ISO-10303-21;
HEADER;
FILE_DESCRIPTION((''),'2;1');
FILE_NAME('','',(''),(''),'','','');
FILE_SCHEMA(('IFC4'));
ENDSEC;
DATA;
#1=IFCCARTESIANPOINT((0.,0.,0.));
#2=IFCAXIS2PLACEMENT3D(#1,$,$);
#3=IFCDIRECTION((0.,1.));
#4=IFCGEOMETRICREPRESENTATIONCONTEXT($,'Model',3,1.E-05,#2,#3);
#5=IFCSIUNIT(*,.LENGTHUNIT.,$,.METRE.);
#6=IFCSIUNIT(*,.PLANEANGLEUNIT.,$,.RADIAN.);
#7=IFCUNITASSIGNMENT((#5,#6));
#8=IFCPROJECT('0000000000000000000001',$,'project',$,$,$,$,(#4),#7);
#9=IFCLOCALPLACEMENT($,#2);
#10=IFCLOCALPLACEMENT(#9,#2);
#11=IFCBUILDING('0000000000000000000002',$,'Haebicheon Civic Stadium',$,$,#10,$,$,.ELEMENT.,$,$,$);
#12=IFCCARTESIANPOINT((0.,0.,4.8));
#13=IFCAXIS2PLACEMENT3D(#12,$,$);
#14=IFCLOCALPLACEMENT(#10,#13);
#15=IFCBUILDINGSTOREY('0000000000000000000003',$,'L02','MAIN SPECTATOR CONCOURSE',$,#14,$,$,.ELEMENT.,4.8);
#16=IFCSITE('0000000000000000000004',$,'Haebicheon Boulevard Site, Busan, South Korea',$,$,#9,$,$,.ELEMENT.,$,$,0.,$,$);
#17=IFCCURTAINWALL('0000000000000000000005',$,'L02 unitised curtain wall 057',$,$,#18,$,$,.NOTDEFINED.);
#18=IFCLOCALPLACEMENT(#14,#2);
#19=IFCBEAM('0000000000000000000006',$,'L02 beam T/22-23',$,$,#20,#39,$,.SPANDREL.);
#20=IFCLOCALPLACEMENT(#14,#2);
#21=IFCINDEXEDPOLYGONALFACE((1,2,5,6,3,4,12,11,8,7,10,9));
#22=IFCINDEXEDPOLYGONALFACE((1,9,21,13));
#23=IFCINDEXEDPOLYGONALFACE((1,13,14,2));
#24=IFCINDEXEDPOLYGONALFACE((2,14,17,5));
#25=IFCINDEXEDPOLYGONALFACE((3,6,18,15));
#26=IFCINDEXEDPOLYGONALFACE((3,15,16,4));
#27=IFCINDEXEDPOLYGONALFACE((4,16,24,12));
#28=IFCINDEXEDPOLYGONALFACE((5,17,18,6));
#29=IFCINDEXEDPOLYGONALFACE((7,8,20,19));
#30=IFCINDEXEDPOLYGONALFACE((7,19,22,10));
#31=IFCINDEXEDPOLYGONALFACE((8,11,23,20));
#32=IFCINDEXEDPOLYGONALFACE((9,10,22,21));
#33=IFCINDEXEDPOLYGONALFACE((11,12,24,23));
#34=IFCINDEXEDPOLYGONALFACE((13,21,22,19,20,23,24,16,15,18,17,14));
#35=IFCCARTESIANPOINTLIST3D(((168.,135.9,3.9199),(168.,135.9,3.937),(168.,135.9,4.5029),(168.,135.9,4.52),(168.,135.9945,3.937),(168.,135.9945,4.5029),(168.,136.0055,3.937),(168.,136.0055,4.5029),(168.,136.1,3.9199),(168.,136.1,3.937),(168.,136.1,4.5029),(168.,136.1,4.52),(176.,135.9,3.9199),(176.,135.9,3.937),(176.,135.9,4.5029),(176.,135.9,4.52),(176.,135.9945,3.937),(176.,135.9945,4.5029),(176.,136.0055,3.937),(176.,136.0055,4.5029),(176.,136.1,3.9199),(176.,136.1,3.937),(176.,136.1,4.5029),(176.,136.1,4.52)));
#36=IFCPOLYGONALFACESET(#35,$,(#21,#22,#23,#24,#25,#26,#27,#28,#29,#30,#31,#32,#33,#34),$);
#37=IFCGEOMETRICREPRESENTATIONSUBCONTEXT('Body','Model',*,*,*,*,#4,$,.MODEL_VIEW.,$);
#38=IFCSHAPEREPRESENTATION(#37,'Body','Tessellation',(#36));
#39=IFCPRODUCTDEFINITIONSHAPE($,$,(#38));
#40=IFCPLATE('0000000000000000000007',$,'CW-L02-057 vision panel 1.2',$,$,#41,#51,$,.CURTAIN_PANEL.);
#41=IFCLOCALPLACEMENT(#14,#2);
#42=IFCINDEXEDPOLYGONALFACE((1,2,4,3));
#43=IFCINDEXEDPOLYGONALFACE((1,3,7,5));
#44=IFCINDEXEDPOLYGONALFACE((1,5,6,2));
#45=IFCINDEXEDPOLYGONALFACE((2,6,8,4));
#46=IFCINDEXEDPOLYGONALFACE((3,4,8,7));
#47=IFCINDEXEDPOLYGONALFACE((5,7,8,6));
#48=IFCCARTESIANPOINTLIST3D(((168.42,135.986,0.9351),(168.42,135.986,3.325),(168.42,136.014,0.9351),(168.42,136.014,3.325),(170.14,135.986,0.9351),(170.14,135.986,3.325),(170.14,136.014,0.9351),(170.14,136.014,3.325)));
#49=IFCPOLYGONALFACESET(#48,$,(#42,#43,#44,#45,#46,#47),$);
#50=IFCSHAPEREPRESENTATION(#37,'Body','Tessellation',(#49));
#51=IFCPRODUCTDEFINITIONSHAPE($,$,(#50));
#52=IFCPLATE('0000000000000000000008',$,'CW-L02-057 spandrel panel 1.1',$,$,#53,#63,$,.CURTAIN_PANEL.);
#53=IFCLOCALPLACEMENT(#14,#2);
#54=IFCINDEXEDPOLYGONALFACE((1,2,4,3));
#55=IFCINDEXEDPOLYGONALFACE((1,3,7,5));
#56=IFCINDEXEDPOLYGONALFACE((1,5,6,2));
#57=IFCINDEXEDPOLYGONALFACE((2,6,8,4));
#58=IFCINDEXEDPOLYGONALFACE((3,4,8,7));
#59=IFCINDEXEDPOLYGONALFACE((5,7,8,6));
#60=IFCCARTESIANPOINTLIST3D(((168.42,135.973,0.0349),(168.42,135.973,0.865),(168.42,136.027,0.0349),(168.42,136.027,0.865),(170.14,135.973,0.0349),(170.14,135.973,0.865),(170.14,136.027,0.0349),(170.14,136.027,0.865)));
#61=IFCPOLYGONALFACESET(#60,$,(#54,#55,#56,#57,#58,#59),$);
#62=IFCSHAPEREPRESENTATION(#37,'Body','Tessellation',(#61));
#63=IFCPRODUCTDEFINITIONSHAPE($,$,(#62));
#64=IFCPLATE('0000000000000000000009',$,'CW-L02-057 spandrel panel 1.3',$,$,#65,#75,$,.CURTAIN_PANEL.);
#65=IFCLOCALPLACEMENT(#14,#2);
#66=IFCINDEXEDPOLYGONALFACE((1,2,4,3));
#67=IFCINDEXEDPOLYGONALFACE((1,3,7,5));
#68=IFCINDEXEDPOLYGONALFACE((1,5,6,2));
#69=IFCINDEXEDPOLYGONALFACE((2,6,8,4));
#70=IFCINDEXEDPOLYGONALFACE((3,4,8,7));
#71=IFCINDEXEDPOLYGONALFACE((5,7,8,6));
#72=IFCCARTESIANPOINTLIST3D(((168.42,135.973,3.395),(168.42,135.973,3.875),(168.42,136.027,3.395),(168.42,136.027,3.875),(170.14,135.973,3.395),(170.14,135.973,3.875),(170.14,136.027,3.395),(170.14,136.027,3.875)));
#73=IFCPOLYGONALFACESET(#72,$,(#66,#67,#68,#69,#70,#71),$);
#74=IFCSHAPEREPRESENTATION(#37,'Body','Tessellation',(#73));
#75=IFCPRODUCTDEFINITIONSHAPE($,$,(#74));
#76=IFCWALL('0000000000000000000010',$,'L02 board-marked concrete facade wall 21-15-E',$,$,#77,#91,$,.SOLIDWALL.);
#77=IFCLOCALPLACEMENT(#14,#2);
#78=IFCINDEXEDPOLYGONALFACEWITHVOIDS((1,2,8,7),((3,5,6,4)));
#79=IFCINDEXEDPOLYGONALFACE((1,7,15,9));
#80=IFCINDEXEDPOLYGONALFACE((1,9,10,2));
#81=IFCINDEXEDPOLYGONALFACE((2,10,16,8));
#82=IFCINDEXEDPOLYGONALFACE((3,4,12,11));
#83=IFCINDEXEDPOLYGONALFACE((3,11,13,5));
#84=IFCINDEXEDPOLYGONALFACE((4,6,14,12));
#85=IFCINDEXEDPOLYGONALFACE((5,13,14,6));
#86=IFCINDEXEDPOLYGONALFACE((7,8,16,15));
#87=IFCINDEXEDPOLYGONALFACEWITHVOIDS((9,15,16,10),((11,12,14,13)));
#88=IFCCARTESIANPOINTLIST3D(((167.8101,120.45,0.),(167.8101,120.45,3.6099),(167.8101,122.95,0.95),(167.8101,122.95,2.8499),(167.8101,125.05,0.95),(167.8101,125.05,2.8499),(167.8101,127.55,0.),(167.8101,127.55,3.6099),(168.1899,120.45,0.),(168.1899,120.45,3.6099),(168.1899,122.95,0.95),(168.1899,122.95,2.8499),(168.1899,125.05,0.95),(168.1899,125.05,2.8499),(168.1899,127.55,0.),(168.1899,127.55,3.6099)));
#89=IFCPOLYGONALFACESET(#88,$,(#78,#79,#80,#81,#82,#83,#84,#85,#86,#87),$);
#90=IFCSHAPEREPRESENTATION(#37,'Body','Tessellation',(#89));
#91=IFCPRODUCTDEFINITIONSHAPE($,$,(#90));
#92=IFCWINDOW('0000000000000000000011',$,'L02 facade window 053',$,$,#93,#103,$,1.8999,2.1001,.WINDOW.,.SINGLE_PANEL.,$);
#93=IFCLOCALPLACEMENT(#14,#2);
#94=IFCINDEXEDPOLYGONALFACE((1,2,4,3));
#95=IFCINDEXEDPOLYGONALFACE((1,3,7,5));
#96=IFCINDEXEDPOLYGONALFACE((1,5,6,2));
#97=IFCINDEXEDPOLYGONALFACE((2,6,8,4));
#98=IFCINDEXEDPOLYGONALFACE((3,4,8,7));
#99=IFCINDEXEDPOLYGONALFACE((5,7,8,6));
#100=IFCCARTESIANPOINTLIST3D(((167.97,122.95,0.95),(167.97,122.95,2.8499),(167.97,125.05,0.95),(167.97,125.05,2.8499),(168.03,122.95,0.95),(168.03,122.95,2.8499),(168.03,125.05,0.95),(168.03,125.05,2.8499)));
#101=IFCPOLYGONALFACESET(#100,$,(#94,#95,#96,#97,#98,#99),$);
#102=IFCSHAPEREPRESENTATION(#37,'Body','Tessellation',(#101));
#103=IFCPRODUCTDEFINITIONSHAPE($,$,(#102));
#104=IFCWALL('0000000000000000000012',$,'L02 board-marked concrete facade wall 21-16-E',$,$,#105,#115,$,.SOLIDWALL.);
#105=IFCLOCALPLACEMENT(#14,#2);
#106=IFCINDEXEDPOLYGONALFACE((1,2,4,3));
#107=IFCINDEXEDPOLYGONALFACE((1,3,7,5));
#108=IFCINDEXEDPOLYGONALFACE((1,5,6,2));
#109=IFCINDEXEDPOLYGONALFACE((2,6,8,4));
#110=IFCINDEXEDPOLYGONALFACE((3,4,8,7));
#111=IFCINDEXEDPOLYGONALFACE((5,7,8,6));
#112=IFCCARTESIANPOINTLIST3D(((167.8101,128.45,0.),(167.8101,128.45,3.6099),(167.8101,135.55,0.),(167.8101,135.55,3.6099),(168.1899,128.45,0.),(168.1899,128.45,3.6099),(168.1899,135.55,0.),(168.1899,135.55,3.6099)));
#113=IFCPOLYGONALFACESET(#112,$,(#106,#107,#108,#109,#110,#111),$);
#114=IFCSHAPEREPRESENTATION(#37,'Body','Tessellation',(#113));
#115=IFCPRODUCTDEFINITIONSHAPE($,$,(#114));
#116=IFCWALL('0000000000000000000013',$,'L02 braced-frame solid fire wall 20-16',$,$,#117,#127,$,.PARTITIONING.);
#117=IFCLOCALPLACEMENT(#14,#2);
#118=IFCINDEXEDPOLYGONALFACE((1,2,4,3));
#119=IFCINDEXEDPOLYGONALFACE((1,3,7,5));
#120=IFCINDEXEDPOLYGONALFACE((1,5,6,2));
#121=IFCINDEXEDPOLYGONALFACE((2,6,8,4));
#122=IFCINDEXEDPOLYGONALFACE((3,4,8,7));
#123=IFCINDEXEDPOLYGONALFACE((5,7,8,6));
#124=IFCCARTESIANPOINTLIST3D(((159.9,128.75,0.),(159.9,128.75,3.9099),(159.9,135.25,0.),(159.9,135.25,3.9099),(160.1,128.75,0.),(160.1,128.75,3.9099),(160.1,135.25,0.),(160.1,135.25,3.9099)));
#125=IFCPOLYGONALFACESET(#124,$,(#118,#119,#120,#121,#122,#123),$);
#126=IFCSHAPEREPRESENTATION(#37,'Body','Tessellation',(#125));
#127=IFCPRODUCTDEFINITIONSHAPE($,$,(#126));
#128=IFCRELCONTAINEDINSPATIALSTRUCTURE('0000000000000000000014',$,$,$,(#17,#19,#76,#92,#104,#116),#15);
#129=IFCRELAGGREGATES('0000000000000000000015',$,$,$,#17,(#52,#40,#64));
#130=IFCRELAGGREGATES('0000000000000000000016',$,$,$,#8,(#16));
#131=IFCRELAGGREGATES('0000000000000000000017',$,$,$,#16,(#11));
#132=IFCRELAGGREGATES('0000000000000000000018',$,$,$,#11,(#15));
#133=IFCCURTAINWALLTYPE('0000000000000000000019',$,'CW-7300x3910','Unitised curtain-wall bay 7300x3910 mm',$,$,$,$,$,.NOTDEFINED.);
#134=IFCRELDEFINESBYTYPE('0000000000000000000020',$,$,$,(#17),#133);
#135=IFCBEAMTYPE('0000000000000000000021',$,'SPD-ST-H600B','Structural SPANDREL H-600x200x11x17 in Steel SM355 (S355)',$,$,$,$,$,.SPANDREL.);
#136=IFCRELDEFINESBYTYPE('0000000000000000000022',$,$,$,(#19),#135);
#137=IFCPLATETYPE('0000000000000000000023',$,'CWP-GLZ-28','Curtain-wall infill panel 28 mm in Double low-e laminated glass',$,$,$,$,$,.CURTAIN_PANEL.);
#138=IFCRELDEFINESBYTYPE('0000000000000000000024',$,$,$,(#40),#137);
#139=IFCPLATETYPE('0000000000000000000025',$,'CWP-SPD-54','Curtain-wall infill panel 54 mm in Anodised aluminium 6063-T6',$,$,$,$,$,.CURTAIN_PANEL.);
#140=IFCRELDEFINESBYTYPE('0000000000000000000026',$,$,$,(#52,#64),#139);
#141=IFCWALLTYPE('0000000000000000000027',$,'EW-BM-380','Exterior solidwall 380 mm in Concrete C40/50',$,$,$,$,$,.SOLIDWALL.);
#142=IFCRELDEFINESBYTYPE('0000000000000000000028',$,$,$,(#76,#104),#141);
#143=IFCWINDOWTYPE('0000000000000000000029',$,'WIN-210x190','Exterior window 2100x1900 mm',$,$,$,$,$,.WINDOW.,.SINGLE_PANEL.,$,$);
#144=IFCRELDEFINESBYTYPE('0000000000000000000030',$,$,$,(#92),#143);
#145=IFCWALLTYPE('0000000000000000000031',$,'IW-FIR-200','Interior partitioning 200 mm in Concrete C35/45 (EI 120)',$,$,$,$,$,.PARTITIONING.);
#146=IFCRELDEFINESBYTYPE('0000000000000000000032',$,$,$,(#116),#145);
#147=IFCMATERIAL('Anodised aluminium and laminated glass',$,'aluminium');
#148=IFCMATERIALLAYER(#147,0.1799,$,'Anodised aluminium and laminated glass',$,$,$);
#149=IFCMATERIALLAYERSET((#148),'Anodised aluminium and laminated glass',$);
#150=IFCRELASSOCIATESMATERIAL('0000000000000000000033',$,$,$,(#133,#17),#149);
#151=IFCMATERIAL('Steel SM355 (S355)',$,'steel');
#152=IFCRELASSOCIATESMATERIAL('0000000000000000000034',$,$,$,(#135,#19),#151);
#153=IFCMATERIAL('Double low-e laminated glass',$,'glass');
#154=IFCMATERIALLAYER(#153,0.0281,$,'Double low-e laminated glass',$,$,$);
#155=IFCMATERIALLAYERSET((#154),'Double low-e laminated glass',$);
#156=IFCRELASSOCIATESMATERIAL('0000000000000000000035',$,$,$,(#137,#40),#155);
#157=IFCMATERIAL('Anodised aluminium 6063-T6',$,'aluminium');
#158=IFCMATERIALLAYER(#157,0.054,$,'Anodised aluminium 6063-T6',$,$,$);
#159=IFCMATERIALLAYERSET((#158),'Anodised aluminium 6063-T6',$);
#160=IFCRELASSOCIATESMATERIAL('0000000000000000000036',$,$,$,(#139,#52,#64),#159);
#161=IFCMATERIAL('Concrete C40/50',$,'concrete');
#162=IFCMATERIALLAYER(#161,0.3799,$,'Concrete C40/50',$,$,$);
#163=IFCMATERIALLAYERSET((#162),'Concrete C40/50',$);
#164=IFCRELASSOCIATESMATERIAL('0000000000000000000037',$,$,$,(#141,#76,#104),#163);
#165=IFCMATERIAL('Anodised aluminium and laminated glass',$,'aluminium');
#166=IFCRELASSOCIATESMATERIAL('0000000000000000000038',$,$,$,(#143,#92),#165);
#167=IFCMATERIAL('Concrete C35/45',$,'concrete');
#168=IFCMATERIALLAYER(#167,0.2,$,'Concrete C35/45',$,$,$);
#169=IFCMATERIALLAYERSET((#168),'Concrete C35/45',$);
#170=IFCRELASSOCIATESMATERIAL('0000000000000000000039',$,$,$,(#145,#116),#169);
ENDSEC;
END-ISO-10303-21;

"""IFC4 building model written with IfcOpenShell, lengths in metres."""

from ifc_helpers import new_model, si_unit, direction, frame, frame_2d, origin, origin_2d, place, context, subcontext, project, spatial, rectangle, i_section, extrude, material, layer, layer_set, material_profile, profile_set, type_object, element, fill, aggregate, save


model = new_model("IFC4")

# Units and contexts
model_context = context("Model", 3, precision=1e-05, world=origin(), true_north=direction((0.0, 1.0)))
body_context = subcontext(model_context, "Body", "Model", "MODEL_VIEW")
ifc_project = project(units=[si_unit("LENGTHUNIT", "METRE"), si_unit("PLANEANGLEUNIT", "RADIAN")], contexts=[model_context])

# Site, building, storey
site_placement = place(None, origin())
site = spatial("IfcSite", under=ifc_project, at=site_placement, Name="Haebicheon Boulevard Site, Busan, South Korea", CompositionType="ELEMENT", RefElevation=0.0)
building_placement = place(site_placement, origin())
building = spatial("IfcBuilding", under=site, at=building_placement, Name="Haebicheon Civic Stadium", CompositionType="ELEMENT")
storey_placement = place(building_placement, frame((0.0, 0.0, 4.8)))
storey = spatial("IfcBuildingStorey", under=building, at=storey_placement, Name="L02", Description="MAIN SPECTATOR CONCOURSE", CompositionType="ELEMENT", Elevation=4.8)

# Curtain wall
ifc_material_1 = material(Name="Anodised aluminium and laminated glass", Category="aluminium")
ifc_layer_1 = layer(ifc_material_1, 0.1799, Name="Anodised aluminium and laminated glass")
ifc_layer_set_1 = layer_set([ifc_layer_1], Name="Anodised aluminium and laminated glass")
curtain_wall_type = type_object("IfcCurtainWallType", Name="CW-7300x3910", Description="Unitised curtain-wall bay 7300x3910 mm", PredefinedType="NOTDEFINED", material=ifc_layer_set_1)
curtain_wall_placement = place(storey_placement, origin())
curtain_wall = element("IfcCurtainWall", 1, at=curtain_wall_placement, inside=storey, type_object=curtain_wall_type, material=ifc_layer_set_1, Name="L02 unitised curtain wall 057", PredefinedType="NOTDEFINED")

# Beam
ifc_material_2 = material(Name="Steel SM355 (S355)", Category="steel")
ifc_material_profile_1 = material_profile(ifc_material_2, i_section(OverallWidth=0.2, OverallDepth=0.6001, WebThickness=0.011, FlangeThickness=0.0171, at=origin_2d()), Name="H-600x200x11x17")
ifc_profile_set_1 = profile_set([ifc_material_profile_1], Name="Steel SM355 (S355)")
beam_type_1 = type_object("IfcBeamType", Name="SPD-ST-H600B", Description="Structural SPANDREL H-600x200x11x17 in Steel SM355 (S355)", PredefinedType="SPANDREL", material=ifc_profile_set_1)
for number, where, z_axis, x_axis, name in (
    (2, (168.0, 136.0, 4.22), (1.0, 0.0, 0.0), (0.0, 1.0, 0.0), "L02 beam T/22-23"),
):
    element("IfcBeam", number, at=place(storey_placement, frame(where, z_axis=z_axis, x_axis=x_axis)), inside=storey, type_object=beam_type_1, material=ifc_profile_set_1, Name=name, PredefinedType="SPANDREL", context=body_context, shape_type="SweptSolid", body=[
        extrude(i_section(OverallWidth=0.2, OverallDepth=0.6001, WebThickness=0.011, FlangeThickness=0.0171, at=origin_2d()), origin(), (0.0, 0.0, 1.0), 8.0),
    ])

# Plates
ifc_material_3 = material(Name="Double low-e laminated glass", Category="glass")
ifc_layer_2 = layer(ifc_material_3, 0.0281, Name="Double low-e laminated glass")
ifc_layer_set_2 = layer_set([ifc_layer_2], Name="Double low-e laminated glass")
plate_type_1 = type_object("IfcPlateType", Name="CWP-GLZ-28", Description="Curtain-wall infill panel 28 mm in Double low-e laminated glass", PredefinedType="CURTAIN_PANEL", material=ifc_layer_set_2)
plate_1_placement = place(storey_placement, frame((169.28, 136.0, 0.9351), z_axis=(0.0, 0.0, 1.0), x_axis=(1.0, 0.0, 0.0)))
plate_1 = element("IfcPlate", 3, at=plate_1_placement, type_object=plate_type_1, material=ifc_layer_set_2, Name="CW-L02-057 vision panel 1.2", PredefinedType="CURTAIN_PANEL", context=body_context, shape_type="SweptSolid", body=[
    extrude(rectangle(XDim=1.72, YDim=0.0281, at=origin_2d()), origin(), (0.0, 0.0, 1.0), 2.3899),
])
ifc_material_4 = material(Name="Anodised aluminium 6063-T6", Category="aluminium")
ifc_layer_3 = layer(ifc_material_4, 0.054, Name="Anodised aluminium 6063-T6")
ifc_layer_set_3 = layer_set([ifc_layer_3], Name="Anodised aluminium 6063-T6")
plate_type_2 = type_object("IfcPlateType", Name="CWP-SPD-54", Description="Curtain-wall infill panel 54 mm in Anodised aluminium 6063-T6", PredefinedType="CURTAIN_PANEL", material=ifc_layer_set_3)
plate_2_placement = place(storey_placement, frame((169.28, 136.0, 0.0349), z_axis=(0.0, 0.0, 1.0), x_axis=(1.0, 0.0, 0.0)))
plate_2 = element("IfcPlate", 4, at=plate_2_placement, type_object=plate_type_2, material=ifc_layer_set_3, Name="CW-L02-057 spandrel panel 1.1", PredefinedType="CURTAIN_PANEL", context=body_context, shape_type="SweptSolid", body=[
    extrude(rectangle(XDim=1.72, YDim=0.054, at=origin_2d()), origin(), (0.0, 0.0, 1.0), 0.8301),
])
plate_3_placement = place(storey_placement, frame((169.28, 136.0, 3.395), z_axis=(0.0, 0.0, 1.0), x_axis=(1.0, 0.0, 0.0)))
plate_3 = element("IfcPlate", 5, at=plate_3_placement, type_object=plate_type_2, material=ifc_layer_set_3, Name="CW-L02-057 spandrel panel 1.3", PredefinedType="CURTAIN_PANEL", context=body_context, shape_type="SweptSolid", body=[
    extrude(rectangle(XDim=1.72, YDim=0.054, at=origin_2d()), origin(), (0.0, 0.0, 1.0), 0.48),
])
aggregate(curtain_wall, [plate_2, plate_1, plate_3])

# Wall, opening, window
ifc_material_5 = material(Name="Concrete C40/50", Category="concrete")
ifc_layer_4 = layer(ifc_material_5, 0.3799, Name="Concrete C40/50")
ifc_layer_set_4 = layer_set([ifc_layer_4], Name="Concrete C40/50")
wall_type_1 = type_object("IfcWallType", Name="EW-BM-380", Description="Exterior solidwall 380 mm in Concrete C40/50", PredefinedType="SOLIDWALL", material=ifc_layer_set_4)
wall_1_placement = place(storey_placement, frame((168.0, 120.45, 0.0), z_axis=(0.0, 0.0, 1.0), x_axis=(0.0, 1.0, 0.0)))
wall_1 = element("IfcWall", 6, at=wall_1_placement, inside=storey, type_object=wall_type_1, material=ifc_layer_set_4, Name="L02 board-marked concrete facade wall 21-15-E", PredefinedType="SOLIDWALL", context=body_context, shape_type="SweptSolid", body=[
    extrude(rectangle(XDim=7.1001, YDim=0.3799, at=frame_2d((3.55, 0.0))), origin(), (0.0, 0.0, 1.0), 3.6099),
])
opening_placement = place(wall_1_placement, frame((2.5, 0.0, 0.95)))
opening = element("IfcOpeningElement", 7, at=opening_placement, cuts=wall_1, PredefinedType="OPENING", context=body_context, shape_type="SweptSolid", body=[
    extrude(rectangle(XDim=2.1001, YDim=1.8999, at=frame_2d((1.05, 0.95))), frame((0.0, 0.2, 0.0), z_axis=(0.0, -1.0, 0.0), x_axis=(1.0, 0.0, 0.0)), (0.0, 0.0, 1.0), 0.3999),
])
ifc_material_6 = material(Name="Anodised aluminium and laminated glass", Category="aluminium")
window_type = type_object("IfcWindowType", Name="WIN-210x190", Description="Exterior window 2100x1900 mm", PartitioningType="SINGLE_PANEL", PredefinedType="WINDOW", material=ifc_material_6)
window_placement = place(opening_placement, origin())
window = element("IfcWindow", 8, at=window_placement, inside=storey, type_object=window_type, material=ifc_material_6, Name="L02 facade window 053", OverallHeight=1.8999, OverallWidth=2.1001, PartitioningType="SINGLE_PANEL", PredefinedType="WINDOW", context=body_context, shape_type="SweptSolid", body=[
    extrude(rectangle(XDim=2.1001, YDim=1.8999, at=frame_2d((1.05, 0.95))), frame((0.0, 0.03, 0.0), z_axis=(0.0, -1.0, 0.0), x_axis=(1.0, 0.0, 0.0)), (0.0, 0.0, 1.0), 0.0601),
])
fill(opening, window)

# Walls
wall_2_placement = place(storey_placement, frame((168.0, 128.45, 0.0), z_axis=(0.0, 0.0, 1.0), x_axis=(0.0, 1.0, 0.0)))
element("IfcWall", 9, at=wall_2_placement, inside=storey, type_object=wall_type_1, material=ifc_layer_set_4, Name="L02 board-marked concrete facade wall 21-16-E", PredefinedType="SOLIDWALL", context=body_context, shape_type="SweptSolid", body=[
    extrude(rectangle(XDim=7.1001, YDim=0.3799, at=frame_2d((3.55, 0.0))), origin(), (0.0, 0.0, 1.0), 3.6099),
])
ifc_material_7 = material(Name="Concrete C35/45", Category="concrete")
ifc_layer_5 = layer(ifc_material_7, 0.2, Name="Concrete C35/45")
ifc_layer_set_5 = layer_set([ifc_layer_5], Name="Concrete C35/45")
wall_type_2 = type_object("IfcWallType", Name="IW-FIR-200", Description="Interior partitioning 200 mm in Concrete C35/45 (EI 120)", PredefinedType="PARTITIONING", material=ifc_layer_set_5)
wall_3_placement = place(storey_placement, frame((160.0, 128.75, 0.0), z_axis=(0.0, 0.0, 1.0), x_axis=(0.0, 1.0, 0.0)))
element("IfcWall", 10, at=wall_3_placement, inside=storey, type_object=wall_type_2, material=ifc_layer_set_5, Name="L02 braced-frame solid fire wall 20-16", PredefinedType="PARTITIONING", context=body_context, shape_type="SweptSolid", body=[
    extrude(rectangle(XDim=6.5, YDim=0.2, at=frame_2d((3.25, 0.0))), origin(), (0.0, 0.0, 1.0), 3.9099),
])

save(model, "model.ifc")
